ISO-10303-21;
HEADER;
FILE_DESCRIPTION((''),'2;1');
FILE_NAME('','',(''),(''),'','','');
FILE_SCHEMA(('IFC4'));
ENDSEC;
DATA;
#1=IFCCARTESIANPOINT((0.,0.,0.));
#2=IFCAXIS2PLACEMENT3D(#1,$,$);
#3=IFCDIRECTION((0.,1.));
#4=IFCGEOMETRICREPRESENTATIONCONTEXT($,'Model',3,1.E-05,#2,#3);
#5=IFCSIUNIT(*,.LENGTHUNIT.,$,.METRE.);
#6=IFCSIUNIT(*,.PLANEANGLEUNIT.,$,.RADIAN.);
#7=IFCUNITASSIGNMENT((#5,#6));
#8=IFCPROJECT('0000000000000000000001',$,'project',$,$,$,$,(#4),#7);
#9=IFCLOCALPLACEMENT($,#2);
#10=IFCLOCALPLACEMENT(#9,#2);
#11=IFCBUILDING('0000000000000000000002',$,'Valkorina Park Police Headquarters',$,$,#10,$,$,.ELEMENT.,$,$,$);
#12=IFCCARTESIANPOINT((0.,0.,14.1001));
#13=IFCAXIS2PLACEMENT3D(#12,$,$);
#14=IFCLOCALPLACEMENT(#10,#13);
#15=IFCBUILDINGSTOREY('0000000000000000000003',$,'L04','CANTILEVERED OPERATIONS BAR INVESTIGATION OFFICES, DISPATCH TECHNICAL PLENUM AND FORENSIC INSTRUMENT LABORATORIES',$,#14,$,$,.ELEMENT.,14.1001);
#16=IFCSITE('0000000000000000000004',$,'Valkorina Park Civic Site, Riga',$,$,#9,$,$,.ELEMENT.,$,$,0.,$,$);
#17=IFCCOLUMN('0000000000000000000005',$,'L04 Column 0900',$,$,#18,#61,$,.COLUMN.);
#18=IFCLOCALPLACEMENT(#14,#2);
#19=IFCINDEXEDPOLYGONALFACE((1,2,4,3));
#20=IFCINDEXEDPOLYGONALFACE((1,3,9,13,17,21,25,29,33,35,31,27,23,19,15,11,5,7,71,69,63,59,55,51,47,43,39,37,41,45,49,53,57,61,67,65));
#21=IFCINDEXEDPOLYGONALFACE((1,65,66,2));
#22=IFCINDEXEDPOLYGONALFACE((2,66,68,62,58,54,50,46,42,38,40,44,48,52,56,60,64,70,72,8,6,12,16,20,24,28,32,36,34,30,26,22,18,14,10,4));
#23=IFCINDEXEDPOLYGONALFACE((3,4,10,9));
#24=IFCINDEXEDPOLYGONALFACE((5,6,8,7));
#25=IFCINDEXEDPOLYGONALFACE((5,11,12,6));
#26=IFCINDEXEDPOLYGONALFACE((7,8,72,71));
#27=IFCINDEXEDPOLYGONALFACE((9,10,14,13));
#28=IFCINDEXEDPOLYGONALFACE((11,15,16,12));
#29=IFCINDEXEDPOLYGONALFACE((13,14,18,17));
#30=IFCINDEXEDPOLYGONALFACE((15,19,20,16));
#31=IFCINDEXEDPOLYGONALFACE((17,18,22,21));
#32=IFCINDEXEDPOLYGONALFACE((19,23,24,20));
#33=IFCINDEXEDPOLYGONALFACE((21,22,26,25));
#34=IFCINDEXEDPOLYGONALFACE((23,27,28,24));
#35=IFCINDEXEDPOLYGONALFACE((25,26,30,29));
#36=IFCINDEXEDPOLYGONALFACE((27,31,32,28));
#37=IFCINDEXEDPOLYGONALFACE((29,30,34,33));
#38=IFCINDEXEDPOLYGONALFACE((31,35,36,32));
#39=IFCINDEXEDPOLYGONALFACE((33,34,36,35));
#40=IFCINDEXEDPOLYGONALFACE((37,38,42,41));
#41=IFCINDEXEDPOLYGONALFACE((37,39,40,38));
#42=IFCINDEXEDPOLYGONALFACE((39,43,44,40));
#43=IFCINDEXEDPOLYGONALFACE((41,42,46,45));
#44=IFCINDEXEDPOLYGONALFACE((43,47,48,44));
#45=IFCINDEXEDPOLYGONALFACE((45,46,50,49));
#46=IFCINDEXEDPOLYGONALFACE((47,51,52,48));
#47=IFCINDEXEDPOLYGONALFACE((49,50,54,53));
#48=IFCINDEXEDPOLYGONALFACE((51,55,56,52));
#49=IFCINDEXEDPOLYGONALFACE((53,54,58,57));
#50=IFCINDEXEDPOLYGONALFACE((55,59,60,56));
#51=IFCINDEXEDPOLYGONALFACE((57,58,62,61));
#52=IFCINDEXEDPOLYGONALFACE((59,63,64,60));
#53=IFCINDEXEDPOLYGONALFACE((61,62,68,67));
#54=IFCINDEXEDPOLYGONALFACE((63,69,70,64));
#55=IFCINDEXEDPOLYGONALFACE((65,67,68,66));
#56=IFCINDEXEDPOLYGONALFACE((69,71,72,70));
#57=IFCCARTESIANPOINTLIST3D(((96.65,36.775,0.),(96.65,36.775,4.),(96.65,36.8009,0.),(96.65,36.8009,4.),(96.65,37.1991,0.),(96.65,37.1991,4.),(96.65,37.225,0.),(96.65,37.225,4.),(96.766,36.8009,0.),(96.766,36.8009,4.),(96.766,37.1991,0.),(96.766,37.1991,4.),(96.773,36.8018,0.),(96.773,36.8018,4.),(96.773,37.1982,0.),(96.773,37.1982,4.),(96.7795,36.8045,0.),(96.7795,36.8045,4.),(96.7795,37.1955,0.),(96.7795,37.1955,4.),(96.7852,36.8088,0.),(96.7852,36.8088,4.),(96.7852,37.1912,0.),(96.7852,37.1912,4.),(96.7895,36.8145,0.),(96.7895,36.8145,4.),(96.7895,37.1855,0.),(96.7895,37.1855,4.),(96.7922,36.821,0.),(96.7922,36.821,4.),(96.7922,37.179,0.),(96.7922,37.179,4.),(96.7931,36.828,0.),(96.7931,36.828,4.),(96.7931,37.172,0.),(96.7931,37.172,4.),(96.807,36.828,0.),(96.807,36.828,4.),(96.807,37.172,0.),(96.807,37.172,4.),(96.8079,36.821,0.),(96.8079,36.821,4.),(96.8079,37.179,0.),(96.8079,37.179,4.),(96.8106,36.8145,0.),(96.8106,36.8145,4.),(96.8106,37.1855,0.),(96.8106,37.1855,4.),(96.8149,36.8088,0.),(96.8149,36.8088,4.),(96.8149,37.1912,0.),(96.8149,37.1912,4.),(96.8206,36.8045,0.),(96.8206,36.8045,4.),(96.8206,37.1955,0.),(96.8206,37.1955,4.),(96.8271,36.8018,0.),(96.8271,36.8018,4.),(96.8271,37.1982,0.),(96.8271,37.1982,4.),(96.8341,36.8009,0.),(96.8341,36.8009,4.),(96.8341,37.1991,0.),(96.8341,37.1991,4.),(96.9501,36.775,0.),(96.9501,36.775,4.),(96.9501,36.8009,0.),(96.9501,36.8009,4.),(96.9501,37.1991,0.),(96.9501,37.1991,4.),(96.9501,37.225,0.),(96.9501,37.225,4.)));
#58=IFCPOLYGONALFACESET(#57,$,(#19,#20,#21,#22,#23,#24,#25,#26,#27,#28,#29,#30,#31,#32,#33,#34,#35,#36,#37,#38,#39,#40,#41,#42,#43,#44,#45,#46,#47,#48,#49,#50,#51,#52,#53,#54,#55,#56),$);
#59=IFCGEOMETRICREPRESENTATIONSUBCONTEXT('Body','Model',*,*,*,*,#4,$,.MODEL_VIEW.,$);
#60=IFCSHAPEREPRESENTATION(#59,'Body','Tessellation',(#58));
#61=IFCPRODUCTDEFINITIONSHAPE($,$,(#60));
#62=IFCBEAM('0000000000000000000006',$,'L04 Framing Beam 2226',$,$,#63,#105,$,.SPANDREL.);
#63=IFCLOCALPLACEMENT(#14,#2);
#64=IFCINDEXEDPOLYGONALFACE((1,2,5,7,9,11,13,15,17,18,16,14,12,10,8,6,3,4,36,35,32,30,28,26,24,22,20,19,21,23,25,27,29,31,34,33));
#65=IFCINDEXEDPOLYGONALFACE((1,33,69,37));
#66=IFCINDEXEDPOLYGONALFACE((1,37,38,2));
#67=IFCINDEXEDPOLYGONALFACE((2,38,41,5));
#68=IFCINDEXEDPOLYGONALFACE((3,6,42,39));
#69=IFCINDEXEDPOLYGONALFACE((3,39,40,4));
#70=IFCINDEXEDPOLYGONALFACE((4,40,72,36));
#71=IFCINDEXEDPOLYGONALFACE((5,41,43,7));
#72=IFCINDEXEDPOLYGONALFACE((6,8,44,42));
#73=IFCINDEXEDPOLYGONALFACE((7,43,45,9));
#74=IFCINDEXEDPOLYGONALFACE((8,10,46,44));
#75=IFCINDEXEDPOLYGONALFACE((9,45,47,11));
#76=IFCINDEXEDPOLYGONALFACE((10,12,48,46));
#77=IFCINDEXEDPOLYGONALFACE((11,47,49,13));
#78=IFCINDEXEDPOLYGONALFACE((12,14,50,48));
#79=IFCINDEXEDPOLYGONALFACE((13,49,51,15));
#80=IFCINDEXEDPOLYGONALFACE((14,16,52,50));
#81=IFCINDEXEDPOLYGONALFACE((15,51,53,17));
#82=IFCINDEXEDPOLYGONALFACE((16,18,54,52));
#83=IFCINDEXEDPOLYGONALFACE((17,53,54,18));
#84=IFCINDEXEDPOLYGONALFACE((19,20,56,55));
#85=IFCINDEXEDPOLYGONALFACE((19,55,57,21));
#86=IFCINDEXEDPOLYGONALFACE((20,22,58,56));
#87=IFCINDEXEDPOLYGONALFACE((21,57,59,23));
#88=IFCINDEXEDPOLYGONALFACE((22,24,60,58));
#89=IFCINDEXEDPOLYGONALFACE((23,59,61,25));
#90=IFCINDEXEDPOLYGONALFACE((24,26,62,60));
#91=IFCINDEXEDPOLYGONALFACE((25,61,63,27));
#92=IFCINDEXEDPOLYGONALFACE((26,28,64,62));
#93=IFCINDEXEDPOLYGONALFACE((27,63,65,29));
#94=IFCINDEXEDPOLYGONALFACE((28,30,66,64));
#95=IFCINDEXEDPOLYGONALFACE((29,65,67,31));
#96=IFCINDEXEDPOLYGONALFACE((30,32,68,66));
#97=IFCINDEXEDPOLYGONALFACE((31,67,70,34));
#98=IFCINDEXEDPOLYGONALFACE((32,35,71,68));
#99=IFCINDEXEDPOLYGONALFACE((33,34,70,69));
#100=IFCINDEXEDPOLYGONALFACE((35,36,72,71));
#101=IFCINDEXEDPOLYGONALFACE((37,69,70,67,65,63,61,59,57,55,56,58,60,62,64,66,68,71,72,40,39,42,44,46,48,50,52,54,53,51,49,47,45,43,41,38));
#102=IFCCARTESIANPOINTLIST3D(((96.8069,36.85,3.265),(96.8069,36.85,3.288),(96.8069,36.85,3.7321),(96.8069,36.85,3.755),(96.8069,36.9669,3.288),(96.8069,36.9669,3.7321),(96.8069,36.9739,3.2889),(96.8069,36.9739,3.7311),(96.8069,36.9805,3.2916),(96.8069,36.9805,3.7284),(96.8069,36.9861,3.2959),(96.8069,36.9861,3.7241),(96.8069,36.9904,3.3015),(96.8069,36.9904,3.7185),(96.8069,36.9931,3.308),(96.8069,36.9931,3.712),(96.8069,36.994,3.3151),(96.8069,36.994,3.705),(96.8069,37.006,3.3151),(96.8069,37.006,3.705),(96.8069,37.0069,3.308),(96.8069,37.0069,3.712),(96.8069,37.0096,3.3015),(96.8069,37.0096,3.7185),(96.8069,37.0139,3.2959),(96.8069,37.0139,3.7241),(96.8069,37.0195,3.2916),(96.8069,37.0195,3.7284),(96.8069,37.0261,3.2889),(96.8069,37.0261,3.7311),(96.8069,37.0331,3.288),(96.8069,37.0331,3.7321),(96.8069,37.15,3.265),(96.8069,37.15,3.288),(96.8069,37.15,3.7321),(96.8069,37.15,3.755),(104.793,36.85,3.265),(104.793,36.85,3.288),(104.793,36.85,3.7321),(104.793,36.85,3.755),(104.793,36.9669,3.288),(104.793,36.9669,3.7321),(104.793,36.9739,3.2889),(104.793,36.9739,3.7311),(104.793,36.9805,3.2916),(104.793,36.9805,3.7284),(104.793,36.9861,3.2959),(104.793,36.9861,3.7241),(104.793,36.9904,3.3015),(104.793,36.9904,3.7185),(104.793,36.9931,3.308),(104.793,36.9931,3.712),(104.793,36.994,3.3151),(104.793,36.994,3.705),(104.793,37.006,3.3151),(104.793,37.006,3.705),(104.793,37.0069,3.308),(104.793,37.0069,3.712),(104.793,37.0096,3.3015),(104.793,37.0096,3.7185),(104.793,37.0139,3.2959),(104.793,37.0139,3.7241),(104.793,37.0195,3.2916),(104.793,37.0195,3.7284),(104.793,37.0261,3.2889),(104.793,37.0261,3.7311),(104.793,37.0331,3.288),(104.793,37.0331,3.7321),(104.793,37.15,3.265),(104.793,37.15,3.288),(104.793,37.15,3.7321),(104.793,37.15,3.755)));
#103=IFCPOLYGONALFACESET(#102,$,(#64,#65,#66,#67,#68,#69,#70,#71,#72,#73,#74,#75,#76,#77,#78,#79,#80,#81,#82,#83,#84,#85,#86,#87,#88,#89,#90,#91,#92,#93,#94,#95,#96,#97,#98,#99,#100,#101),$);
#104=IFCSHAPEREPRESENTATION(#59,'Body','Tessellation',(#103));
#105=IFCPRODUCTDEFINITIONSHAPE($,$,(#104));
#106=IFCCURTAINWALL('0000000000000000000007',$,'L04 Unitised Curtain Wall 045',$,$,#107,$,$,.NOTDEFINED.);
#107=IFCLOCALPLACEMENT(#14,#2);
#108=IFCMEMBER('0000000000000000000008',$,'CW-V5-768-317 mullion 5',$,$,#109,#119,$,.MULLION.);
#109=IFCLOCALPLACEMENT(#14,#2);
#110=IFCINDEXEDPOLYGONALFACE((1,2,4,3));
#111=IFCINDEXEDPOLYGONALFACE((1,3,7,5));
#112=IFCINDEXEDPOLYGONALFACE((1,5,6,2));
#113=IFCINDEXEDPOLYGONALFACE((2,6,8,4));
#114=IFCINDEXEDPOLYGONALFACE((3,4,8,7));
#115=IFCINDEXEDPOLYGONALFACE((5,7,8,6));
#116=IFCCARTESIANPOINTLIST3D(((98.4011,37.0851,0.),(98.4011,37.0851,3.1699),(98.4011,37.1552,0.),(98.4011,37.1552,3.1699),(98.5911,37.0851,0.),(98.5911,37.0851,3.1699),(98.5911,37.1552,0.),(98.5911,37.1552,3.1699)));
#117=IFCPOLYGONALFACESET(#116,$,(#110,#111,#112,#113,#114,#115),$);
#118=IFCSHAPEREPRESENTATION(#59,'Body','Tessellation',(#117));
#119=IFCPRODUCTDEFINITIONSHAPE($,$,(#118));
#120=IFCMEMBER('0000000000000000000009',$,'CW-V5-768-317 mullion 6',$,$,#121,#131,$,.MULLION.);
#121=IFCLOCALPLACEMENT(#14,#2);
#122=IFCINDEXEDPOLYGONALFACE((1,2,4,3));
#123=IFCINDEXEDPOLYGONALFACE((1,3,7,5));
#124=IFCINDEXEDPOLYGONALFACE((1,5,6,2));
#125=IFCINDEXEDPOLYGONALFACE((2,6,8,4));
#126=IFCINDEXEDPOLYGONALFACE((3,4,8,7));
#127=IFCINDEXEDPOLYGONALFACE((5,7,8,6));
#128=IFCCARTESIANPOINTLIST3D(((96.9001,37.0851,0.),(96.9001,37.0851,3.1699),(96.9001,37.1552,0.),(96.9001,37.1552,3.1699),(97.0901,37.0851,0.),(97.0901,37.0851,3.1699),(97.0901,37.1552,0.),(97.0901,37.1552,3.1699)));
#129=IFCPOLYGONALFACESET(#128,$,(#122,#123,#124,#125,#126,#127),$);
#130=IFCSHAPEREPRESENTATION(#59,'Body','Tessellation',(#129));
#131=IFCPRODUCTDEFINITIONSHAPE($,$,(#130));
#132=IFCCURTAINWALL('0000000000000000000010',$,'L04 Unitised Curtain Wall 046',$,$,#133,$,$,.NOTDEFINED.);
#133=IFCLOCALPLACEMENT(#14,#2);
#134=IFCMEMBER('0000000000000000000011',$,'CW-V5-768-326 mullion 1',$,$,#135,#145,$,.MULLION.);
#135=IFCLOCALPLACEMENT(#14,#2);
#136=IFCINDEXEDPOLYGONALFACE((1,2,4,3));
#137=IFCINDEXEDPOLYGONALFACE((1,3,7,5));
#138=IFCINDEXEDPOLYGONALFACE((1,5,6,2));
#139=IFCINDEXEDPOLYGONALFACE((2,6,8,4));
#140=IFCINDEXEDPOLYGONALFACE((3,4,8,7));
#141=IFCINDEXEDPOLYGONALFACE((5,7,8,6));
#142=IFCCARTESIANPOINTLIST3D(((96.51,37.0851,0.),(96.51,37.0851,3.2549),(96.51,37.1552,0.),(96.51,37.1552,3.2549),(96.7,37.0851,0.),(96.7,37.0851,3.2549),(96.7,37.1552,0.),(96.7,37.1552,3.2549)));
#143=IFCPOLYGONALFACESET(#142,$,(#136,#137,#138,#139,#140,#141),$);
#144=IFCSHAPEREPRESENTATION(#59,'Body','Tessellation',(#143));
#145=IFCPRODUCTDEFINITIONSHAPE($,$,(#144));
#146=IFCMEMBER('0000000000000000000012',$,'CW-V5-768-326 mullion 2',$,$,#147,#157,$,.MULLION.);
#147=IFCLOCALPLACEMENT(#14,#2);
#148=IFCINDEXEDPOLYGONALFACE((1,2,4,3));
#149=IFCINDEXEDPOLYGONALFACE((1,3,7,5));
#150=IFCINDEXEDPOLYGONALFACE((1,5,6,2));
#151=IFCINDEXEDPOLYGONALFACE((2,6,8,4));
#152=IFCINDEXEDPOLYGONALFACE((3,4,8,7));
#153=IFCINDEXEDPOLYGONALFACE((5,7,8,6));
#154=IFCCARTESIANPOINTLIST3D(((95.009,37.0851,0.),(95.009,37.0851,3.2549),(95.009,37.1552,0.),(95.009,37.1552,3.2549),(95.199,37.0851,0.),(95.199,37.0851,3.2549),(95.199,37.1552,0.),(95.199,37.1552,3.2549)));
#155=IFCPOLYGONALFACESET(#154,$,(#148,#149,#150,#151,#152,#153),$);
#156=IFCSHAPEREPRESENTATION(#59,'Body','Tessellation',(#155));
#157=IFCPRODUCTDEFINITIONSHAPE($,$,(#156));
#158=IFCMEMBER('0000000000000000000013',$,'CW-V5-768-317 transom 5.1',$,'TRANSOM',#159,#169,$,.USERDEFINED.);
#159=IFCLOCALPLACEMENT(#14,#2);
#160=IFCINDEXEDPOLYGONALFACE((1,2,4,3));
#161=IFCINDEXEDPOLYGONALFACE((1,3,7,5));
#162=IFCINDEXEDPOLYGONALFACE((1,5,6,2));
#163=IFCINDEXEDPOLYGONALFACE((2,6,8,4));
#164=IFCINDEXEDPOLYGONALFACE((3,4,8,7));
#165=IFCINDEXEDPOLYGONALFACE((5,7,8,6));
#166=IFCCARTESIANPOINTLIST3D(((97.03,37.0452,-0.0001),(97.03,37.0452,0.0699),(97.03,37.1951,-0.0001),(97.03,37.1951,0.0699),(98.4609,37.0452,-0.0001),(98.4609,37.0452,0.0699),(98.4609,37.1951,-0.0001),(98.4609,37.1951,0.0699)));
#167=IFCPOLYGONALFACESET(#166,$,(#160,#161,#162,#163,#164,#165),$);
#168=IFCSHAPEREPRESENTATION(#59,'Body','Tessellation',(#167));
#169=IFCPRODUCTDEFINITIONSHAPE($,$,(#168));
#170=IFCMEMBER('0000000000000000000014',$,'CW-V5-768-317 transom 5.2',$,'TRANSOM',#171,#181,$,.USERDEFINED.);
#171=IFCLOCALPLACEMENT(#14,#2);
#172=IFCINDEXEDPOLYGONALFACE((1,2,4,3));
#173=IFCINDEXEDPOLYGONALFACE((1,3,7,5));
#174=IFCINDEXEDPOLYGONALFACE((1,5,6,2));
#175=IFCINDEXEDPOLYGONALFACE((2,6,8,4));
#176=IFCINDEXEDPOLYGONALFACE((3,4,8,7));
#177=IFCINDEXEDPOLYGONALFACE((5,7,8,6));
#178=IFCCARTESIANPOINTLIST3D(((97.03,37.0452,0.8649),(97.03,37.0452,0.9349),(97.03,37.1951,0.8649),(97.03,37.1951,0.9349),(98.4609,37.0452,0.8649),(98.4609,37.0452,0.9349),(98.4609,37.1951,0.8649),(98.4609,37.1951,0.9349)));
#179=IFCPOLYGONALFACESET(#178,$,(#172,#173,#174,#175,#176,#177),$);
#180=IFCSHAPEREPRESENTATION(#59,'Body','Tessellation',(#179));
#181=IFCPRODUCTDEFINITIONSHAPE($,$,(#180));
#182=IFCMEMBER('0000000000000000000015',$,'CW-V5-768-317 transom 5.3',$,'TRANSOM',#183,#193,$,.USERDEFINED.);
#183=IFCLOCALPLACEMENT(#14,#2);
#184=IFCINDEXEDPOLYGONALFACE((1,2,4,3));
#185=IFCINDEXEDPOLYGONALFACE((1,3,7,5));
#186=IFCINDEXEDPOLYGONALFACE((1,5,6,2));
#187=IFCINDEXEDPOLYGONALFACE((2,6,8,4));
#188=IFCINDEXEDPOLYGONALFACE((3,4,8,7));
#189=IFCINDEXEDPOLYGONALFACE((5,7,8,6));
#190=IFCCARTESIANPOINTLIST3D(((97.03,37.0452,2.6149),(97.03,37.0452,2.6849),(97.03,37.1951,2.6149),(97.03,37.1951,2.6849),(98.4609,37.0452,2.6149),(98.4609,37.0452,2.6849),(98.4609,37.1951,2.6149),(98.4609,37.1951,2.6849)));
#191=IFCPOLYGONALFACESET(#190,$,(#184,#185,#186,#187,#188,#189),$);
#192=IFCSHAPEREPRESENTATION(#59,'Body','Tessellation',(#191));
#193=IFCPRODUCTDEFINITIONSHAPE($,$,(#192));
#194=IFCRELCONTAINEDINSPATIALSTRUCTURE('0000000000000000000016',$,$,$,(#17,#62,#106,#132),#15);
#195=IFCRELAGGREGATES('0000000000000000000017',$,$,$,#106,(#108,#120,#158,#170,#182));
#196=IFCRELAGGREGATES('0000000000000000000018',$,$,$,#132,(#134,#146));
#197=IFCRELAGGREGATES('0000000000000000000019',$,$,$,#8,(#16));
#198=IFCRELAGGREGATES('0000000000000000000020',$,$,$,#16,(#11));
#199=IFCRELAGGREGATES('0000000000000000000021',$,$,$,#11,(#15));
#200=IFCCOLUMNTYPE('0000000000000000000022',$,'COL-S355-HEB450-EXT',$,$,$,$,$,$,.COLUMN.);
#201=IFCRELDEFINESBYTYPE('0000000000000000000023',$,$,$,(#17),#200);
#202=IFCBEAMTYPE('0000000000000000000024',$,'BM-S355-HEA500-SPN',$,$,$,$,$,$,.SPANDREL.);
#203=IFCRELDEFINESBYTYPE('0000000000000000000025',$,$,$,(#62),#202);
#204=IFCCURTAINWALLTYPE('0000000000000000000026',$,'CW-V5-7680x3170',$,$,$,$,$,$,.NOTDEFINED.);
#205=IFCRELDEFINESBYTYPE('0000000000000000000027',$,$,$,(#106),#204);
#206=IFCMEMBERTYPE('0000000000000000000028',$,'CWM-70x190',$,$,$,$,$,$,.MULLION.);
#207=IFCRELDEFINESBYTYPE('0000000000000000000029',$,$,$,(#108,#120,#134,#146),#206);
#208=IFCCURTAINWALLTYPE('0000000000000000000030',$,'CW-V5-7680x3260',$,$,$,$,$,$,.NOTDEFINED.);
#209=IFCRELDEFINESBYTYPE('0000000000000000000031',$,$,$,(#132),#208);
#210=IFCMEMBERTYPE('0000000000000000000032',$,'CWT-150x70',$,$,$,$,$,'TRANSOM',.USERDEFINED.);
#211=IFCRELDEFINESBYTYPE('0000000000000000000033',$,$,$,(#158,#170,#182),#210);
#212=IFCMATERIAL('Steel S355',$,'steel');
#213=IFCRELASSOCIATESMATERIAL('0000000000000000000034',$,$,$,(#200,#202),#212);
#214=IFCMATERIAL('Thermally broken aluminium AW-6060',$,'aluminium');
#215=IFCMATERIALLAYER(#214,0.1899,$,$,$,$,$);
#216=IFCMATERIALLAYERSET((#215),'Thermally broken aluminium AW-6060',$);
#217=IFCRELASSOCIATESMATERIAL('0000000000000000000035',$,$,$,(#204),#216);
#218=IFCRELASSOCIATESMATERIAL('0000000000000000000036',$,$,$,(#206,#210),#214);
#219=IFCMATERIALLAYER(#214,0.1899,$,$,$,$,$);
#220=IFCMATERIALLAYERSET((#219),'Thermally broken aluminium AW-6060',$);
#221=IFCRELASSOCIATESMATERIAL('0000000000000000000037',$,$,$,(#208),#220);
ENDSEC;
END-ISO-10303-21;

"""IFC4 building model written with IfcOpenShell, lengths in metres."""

from ifc_helpers import new_model, si_unit, direction, frame, origin, origin_2d, place, context, subcontext, project, spatial, rectangle, i_section, extrude, material, layer, layer_set, material_profile, profile_set, type_object, element, aggregate, save


model = new_model("IFC4")

# Units and contexts
model_context = context("Model", 3, precision=1e-05, world=origin(), true_north=direction((0.0, 1.0)))
body_context = subcontext(model_context, "Body", "Model", "MODEL_VIEW")
ifc_project = project(units=[si_unit("LENGTHUNIT", "METRE"), si_unit("PLANEANGLEUNIT", "RADIAN")], contexts=[model_context])

# Site, building, storey
site_placement = place(None, origin())
site = spatial("IfcSite", under=ifc_project, at=site_placement, Name="Valkorina Park Civic Site, Riga", CompositionType="ELEMENT", RefElevation=0.0)
building_placement = place(site_placement, origin())
building = spatial("IfcBuilding", under=site, at=building_placement, Name="Valkorina Park Police Headquarters", CompositionType="ELEMENT")
storey_placement = place(building_placement, frame((0.0, 0.0, 14.1001)))
storey = spatial("IfcBuildingStorey", under=building, at=storey_placement, Name="L04", Description="CANTILEVERED OPERATIONS BAR INVESTIGATION OFFICES, DISPATCH TECHNICAL PLENUM AND FORENSIC INSTRUMENT LABORATORIES", CompositionType="ELEMENT", Elevation=14.1001)

# Column
ifc_material_1 = material(Name="Steel S355", Category="steel")
ifc_material_profile_1 = material_profile(ifc_material_1, i_section(OverallWidth=0.3, OverallDepth=0.45, WebThickness=0.0139, FlangeThickness=0.0259, FilletRadius=0.0271, at=origin_2d()), Name="HEB 450")
ifc_profile_set_1 = profile_set([ifc_material_profile_1], Name="Steel S355")
column_type = type_object("IfcColumnType", Name="COL-S355-HEB450-EXT", PredefinedType="COLUMN", material=ifc_profile_set_1)
column_placement = place(storey_placement, frame((96.8, 37.0, 0.0), z_axis=(0.0, 0.0, 1.0), x_axis=(1.0, 0.0, 0.0)))
element("IfcColumn", 1, at=column_placement, inside=storey, type_object=column_type, Name="L04 Column 0900", PredefinedType="COLUMN", context=body_context, shape_type="SweptSolid", body=[
    extrude(i_section(OverallWidth=0.3, OverallDepth=0.45, WebThickness=0.0139, FlangeThickness=0.0259, FilletRadius=0.0271, at=origin_2d()), origin(), (0.0, 0.0, 1.0), 4.0),
])

# Beam
ifc_material_profile_2 = material_profile(ifc_material_1, i_section(OverallWidth=0.3, OverallDepth=0.49, WebThickness=0.012, FlangeThickness=0.0229, FilletRadius=0.0271, at=origin_2d()), Name="HEA 500")
ifc_profile_set_2 = profile_set([ifc_material_profile_2], Name="Steel S355")
beam_type = type_object("IfcBeamType", Name="BM-S355-HEA500-SPN", PredefinedType="SPANDREL", material=ifc_profile_set_2)
beam_placement = place(storey_placement, frame((96.8069, 37.0, 3.51), z_axis=(1.0, 0.0, 0.0), x_axis=(0.0, 1.0, 0.0)))
element("IfcBeam", 2, at=beam_placement, inside=storey, type_object=beam_type, Name="L04 Framing Beam 2226", PredefinedType="SPANDREL", context=body_context, shape_type="SweptSolid", body=[
    extrude(i_section(OverallWidth=0.3, OverallDepth=0.49, WebThickness=0.012, FlangeThickness=0.0229, FilletRadius=0.0271, at=origin_2d()), origin(), (0.0, 0.0, 1.0), 7.9861),
])

# Curtain walls, members
ifc_material_2 = material(Name="Thermally broken aluminium AW-6060", Category="aluminium")
ifc_layer_1 = layer(ifc_material_2, 0.1899)
ifc_layer_set_1 = layer_set([ifc_layer_1], Name="Thermally broken aluminium AW-6060")
curtain_wall_type_1 = type_object("IfcCurtainWallType", Name="CW-V5-7680x3170", PredefinedType="NOTDEFINED", material=ifc_layer_set_1)
curtain_wall_1_placement = place(storey_placement, origin())
curtain_wall_1 = element("IfcCurtainWall", 3, at=curtain_wall_1_placement, inside=storey, type_object=curtain_wall_type_1, Name="L04 Unitised Curtain Wall 045", PredefinedType="NOTDEFINED")
ifc_material_profile_3 = material_profile(ifc_material_2, rectangle(XDim=0.0701, YDim=0.1899, at=origin_2d()), Name="CWM-02 70x190")
ifc_profile_set_3 = profile_set([ifc_material_profile_3], Name="Thermally broken aluminium AW-6060")
member_type_1 = type_object("IfcMemberType", Name="CWM-70x190", PredefinedType="MULLION", material=ifc_profile_set_3)
member_1_placement = place(storey_placement, frame((98.4961, 37.1201, 0.0), z_axis=(0.0, 0.0, 1.0), x_axis=(0.0, -1.0, 0.0)))
member_1 = element("IfcMember", 4, at=member_1_placement, type_object=member_type_1, Name="CW-V5-768-317 mullion 5", PredefinedType="MULLION", context=body_context, shape_type="SweptSolid", body=[
    extrude(rectangle(XDim=0.0701, YDim=0.1899, at=origin_2d()), origin(), (0.0, 0.0, 1.0), 3.1699),
])
member_2_placement = place(storey_placement, frame((96.9951, 37.1201, 0.0), z_axis=(0.0, 0.0, 1.0), x_axis=(0.0, -1.0, 0.0)))
member_2 = element("IfcMember", 5, at=member_2_placement, type_object=member_type_1, Name="CW-V5-768-317 mullion 6", PredefinedType="MULLION", context=body_context, shape_type="SweptSolid", body=[
    extrude(rectangle(XDim=0.0701, YDim=0.1899, at=origin_2d()), origin(), (0.0, 0.0, 1.0), 3.1699),
])
ifc_layer_2 = layer(ifc_material_2, 0.1899)
ifc_layer_set_2 = layer_set([ifc_layer_2], Name="Thermally broken aluminium AW-6060")
curtain_wall_type_2 = type_object("IfcCurtainWallType", Name="CW-V5-7680x3260", PredefinedType="NOTDEFINED", material=ifc_layer_set_2)
curtain_wall_2_placement = place(storey_placement, origin())
curtain_wall_2 = element("IfcCurtainWall", 6, at=curtain_wall_2_placement, inside=storey, type_object=curtain_wall_type_2, Name="L04 Unitised Curtain Wall 046", PredefinedType="NOTDEFINED")
member_3_placement = place(storey_placement, frame((96.605, 37.1201, 0.0), z_axis=(0.0, 0.0, 1.0), x_axis=(0.0, -1.0, 0.0)))
member_3 = element("IfcMember", 7, at=member_3_placement, type_object=member_type_1, Name="CW-V5-768-326 mullion 1", PredefinedType="MULLION", context=body_context, shape_type="SweptSolid", body=[
    extrude(rectangle(XDim=0.0701, YDim=0.1899, at=origin_2d()), origin(), (0.0, 0.0, 1.0), 3.2549),
])
member_4_placement = place(storey_placement, frame((95.104, 37.1201, 0.0), z_axis=(0.0, 0.0, 1.0), x_axis=(0.0, -1.0, 0.0)))
member_4 = element("IfcMember", 8, at=member_4_placement, type_object=member_type_1, Name="CW-V5-768-326 mullion 2", PredefinedType="MULLION", context=body_context, shape_type="SweptSolid", body=[
    extrude(rectangle(XDim=0.0701, YDim=0.1899, at=origin_2d()), origin(), (0.0, 0.0, 1.0), 3.2549),
])

# Members
ifc_material_profile_4 = material_profile(ifc_material_2, rectangle(XDim=0.1499, YDim=0.0701, at=origin_2d()), Name="CWT-02 150x70")
ifc_profile_set_4 = profile_set([ifc_material_profile_4], Name="Thermally broken aluminium AW-6060")
member_type_2 = type_object("IfcMemberType", Name="CWT-150x70", ElementType="TRANSOM", PredefinedType="USERDEFINED", material=ifc_profile_set_4)
member_5_placement = place(storey_placement, frame((98.4609, 37.1201, 0.0349), z_axis=(-1.0, 0.0, 0.0), x_axis=(0.0, -1.0, 0.0)))
member_5 = element("IfcMember", 9, at=member_5_placement, type_object=member_type_2, Name="CW-V5-768-317 transom 5.1", ObjectType="TRANSOM", PredefinedType="USERDEFINED", context=body_context, shape_type="SweptSolid", body=[
    extrude(rectangle(XDim=0.1499, YDim=0.0701, at=origin_2d()), origin(), (0.0, 0.0, 1.0), 1.4309),
])
member_6_placement = place(storey_placement, frame((98.4609, 37.1201, 0.8999), z_axis=(-1.0, 0.0, 0.0), x_axis=(0.0, -1.0, 0.0)))
member_6 = element("IfcMember", 10, at=member_6_placement, type_object=member_type_2, Name="CW-V5-768-317 transom 5.2", ObjectType="TRANSOM", PredefinedType="USERDEFINED", context=body_context, shape_type="SweptSolid", body=[
    extrude(rectangle(XDim=0.1499, YDim=0.0701, at=origin_2d()), origin(), (0.0, 0.0, 1.0), 1.4309),
])
member_7_placement = place(storey_placement, frame((98.4609, 37.1201, 2.6499), z_axis=(-1.0, 0.0, 0.0), x_axis=(0.0, -1.0, 0.0)))
member_7 = element("IfcMember", 11, at=member_7_placement, type_object=member_type_2, Name="CW-V5-768-317 transom 5.3", ObjectType="TRANSOM", PredefinedType="USERDEFINED", context=body_context, shape_type="SweptSolid", body=[
    extrude(rectangle(XDim=0.1499, YDim=0.0701, at=origin_2d()), origin(), (0.0, 0.0, 1.0), 1.4309),
])

aggregate(curtain_wall_1, [member_1, member_2, member_5, member_6, member_7])
aggregate(curtain_wall_2, [member_3, member_4])

save(model, "model.ifc")
